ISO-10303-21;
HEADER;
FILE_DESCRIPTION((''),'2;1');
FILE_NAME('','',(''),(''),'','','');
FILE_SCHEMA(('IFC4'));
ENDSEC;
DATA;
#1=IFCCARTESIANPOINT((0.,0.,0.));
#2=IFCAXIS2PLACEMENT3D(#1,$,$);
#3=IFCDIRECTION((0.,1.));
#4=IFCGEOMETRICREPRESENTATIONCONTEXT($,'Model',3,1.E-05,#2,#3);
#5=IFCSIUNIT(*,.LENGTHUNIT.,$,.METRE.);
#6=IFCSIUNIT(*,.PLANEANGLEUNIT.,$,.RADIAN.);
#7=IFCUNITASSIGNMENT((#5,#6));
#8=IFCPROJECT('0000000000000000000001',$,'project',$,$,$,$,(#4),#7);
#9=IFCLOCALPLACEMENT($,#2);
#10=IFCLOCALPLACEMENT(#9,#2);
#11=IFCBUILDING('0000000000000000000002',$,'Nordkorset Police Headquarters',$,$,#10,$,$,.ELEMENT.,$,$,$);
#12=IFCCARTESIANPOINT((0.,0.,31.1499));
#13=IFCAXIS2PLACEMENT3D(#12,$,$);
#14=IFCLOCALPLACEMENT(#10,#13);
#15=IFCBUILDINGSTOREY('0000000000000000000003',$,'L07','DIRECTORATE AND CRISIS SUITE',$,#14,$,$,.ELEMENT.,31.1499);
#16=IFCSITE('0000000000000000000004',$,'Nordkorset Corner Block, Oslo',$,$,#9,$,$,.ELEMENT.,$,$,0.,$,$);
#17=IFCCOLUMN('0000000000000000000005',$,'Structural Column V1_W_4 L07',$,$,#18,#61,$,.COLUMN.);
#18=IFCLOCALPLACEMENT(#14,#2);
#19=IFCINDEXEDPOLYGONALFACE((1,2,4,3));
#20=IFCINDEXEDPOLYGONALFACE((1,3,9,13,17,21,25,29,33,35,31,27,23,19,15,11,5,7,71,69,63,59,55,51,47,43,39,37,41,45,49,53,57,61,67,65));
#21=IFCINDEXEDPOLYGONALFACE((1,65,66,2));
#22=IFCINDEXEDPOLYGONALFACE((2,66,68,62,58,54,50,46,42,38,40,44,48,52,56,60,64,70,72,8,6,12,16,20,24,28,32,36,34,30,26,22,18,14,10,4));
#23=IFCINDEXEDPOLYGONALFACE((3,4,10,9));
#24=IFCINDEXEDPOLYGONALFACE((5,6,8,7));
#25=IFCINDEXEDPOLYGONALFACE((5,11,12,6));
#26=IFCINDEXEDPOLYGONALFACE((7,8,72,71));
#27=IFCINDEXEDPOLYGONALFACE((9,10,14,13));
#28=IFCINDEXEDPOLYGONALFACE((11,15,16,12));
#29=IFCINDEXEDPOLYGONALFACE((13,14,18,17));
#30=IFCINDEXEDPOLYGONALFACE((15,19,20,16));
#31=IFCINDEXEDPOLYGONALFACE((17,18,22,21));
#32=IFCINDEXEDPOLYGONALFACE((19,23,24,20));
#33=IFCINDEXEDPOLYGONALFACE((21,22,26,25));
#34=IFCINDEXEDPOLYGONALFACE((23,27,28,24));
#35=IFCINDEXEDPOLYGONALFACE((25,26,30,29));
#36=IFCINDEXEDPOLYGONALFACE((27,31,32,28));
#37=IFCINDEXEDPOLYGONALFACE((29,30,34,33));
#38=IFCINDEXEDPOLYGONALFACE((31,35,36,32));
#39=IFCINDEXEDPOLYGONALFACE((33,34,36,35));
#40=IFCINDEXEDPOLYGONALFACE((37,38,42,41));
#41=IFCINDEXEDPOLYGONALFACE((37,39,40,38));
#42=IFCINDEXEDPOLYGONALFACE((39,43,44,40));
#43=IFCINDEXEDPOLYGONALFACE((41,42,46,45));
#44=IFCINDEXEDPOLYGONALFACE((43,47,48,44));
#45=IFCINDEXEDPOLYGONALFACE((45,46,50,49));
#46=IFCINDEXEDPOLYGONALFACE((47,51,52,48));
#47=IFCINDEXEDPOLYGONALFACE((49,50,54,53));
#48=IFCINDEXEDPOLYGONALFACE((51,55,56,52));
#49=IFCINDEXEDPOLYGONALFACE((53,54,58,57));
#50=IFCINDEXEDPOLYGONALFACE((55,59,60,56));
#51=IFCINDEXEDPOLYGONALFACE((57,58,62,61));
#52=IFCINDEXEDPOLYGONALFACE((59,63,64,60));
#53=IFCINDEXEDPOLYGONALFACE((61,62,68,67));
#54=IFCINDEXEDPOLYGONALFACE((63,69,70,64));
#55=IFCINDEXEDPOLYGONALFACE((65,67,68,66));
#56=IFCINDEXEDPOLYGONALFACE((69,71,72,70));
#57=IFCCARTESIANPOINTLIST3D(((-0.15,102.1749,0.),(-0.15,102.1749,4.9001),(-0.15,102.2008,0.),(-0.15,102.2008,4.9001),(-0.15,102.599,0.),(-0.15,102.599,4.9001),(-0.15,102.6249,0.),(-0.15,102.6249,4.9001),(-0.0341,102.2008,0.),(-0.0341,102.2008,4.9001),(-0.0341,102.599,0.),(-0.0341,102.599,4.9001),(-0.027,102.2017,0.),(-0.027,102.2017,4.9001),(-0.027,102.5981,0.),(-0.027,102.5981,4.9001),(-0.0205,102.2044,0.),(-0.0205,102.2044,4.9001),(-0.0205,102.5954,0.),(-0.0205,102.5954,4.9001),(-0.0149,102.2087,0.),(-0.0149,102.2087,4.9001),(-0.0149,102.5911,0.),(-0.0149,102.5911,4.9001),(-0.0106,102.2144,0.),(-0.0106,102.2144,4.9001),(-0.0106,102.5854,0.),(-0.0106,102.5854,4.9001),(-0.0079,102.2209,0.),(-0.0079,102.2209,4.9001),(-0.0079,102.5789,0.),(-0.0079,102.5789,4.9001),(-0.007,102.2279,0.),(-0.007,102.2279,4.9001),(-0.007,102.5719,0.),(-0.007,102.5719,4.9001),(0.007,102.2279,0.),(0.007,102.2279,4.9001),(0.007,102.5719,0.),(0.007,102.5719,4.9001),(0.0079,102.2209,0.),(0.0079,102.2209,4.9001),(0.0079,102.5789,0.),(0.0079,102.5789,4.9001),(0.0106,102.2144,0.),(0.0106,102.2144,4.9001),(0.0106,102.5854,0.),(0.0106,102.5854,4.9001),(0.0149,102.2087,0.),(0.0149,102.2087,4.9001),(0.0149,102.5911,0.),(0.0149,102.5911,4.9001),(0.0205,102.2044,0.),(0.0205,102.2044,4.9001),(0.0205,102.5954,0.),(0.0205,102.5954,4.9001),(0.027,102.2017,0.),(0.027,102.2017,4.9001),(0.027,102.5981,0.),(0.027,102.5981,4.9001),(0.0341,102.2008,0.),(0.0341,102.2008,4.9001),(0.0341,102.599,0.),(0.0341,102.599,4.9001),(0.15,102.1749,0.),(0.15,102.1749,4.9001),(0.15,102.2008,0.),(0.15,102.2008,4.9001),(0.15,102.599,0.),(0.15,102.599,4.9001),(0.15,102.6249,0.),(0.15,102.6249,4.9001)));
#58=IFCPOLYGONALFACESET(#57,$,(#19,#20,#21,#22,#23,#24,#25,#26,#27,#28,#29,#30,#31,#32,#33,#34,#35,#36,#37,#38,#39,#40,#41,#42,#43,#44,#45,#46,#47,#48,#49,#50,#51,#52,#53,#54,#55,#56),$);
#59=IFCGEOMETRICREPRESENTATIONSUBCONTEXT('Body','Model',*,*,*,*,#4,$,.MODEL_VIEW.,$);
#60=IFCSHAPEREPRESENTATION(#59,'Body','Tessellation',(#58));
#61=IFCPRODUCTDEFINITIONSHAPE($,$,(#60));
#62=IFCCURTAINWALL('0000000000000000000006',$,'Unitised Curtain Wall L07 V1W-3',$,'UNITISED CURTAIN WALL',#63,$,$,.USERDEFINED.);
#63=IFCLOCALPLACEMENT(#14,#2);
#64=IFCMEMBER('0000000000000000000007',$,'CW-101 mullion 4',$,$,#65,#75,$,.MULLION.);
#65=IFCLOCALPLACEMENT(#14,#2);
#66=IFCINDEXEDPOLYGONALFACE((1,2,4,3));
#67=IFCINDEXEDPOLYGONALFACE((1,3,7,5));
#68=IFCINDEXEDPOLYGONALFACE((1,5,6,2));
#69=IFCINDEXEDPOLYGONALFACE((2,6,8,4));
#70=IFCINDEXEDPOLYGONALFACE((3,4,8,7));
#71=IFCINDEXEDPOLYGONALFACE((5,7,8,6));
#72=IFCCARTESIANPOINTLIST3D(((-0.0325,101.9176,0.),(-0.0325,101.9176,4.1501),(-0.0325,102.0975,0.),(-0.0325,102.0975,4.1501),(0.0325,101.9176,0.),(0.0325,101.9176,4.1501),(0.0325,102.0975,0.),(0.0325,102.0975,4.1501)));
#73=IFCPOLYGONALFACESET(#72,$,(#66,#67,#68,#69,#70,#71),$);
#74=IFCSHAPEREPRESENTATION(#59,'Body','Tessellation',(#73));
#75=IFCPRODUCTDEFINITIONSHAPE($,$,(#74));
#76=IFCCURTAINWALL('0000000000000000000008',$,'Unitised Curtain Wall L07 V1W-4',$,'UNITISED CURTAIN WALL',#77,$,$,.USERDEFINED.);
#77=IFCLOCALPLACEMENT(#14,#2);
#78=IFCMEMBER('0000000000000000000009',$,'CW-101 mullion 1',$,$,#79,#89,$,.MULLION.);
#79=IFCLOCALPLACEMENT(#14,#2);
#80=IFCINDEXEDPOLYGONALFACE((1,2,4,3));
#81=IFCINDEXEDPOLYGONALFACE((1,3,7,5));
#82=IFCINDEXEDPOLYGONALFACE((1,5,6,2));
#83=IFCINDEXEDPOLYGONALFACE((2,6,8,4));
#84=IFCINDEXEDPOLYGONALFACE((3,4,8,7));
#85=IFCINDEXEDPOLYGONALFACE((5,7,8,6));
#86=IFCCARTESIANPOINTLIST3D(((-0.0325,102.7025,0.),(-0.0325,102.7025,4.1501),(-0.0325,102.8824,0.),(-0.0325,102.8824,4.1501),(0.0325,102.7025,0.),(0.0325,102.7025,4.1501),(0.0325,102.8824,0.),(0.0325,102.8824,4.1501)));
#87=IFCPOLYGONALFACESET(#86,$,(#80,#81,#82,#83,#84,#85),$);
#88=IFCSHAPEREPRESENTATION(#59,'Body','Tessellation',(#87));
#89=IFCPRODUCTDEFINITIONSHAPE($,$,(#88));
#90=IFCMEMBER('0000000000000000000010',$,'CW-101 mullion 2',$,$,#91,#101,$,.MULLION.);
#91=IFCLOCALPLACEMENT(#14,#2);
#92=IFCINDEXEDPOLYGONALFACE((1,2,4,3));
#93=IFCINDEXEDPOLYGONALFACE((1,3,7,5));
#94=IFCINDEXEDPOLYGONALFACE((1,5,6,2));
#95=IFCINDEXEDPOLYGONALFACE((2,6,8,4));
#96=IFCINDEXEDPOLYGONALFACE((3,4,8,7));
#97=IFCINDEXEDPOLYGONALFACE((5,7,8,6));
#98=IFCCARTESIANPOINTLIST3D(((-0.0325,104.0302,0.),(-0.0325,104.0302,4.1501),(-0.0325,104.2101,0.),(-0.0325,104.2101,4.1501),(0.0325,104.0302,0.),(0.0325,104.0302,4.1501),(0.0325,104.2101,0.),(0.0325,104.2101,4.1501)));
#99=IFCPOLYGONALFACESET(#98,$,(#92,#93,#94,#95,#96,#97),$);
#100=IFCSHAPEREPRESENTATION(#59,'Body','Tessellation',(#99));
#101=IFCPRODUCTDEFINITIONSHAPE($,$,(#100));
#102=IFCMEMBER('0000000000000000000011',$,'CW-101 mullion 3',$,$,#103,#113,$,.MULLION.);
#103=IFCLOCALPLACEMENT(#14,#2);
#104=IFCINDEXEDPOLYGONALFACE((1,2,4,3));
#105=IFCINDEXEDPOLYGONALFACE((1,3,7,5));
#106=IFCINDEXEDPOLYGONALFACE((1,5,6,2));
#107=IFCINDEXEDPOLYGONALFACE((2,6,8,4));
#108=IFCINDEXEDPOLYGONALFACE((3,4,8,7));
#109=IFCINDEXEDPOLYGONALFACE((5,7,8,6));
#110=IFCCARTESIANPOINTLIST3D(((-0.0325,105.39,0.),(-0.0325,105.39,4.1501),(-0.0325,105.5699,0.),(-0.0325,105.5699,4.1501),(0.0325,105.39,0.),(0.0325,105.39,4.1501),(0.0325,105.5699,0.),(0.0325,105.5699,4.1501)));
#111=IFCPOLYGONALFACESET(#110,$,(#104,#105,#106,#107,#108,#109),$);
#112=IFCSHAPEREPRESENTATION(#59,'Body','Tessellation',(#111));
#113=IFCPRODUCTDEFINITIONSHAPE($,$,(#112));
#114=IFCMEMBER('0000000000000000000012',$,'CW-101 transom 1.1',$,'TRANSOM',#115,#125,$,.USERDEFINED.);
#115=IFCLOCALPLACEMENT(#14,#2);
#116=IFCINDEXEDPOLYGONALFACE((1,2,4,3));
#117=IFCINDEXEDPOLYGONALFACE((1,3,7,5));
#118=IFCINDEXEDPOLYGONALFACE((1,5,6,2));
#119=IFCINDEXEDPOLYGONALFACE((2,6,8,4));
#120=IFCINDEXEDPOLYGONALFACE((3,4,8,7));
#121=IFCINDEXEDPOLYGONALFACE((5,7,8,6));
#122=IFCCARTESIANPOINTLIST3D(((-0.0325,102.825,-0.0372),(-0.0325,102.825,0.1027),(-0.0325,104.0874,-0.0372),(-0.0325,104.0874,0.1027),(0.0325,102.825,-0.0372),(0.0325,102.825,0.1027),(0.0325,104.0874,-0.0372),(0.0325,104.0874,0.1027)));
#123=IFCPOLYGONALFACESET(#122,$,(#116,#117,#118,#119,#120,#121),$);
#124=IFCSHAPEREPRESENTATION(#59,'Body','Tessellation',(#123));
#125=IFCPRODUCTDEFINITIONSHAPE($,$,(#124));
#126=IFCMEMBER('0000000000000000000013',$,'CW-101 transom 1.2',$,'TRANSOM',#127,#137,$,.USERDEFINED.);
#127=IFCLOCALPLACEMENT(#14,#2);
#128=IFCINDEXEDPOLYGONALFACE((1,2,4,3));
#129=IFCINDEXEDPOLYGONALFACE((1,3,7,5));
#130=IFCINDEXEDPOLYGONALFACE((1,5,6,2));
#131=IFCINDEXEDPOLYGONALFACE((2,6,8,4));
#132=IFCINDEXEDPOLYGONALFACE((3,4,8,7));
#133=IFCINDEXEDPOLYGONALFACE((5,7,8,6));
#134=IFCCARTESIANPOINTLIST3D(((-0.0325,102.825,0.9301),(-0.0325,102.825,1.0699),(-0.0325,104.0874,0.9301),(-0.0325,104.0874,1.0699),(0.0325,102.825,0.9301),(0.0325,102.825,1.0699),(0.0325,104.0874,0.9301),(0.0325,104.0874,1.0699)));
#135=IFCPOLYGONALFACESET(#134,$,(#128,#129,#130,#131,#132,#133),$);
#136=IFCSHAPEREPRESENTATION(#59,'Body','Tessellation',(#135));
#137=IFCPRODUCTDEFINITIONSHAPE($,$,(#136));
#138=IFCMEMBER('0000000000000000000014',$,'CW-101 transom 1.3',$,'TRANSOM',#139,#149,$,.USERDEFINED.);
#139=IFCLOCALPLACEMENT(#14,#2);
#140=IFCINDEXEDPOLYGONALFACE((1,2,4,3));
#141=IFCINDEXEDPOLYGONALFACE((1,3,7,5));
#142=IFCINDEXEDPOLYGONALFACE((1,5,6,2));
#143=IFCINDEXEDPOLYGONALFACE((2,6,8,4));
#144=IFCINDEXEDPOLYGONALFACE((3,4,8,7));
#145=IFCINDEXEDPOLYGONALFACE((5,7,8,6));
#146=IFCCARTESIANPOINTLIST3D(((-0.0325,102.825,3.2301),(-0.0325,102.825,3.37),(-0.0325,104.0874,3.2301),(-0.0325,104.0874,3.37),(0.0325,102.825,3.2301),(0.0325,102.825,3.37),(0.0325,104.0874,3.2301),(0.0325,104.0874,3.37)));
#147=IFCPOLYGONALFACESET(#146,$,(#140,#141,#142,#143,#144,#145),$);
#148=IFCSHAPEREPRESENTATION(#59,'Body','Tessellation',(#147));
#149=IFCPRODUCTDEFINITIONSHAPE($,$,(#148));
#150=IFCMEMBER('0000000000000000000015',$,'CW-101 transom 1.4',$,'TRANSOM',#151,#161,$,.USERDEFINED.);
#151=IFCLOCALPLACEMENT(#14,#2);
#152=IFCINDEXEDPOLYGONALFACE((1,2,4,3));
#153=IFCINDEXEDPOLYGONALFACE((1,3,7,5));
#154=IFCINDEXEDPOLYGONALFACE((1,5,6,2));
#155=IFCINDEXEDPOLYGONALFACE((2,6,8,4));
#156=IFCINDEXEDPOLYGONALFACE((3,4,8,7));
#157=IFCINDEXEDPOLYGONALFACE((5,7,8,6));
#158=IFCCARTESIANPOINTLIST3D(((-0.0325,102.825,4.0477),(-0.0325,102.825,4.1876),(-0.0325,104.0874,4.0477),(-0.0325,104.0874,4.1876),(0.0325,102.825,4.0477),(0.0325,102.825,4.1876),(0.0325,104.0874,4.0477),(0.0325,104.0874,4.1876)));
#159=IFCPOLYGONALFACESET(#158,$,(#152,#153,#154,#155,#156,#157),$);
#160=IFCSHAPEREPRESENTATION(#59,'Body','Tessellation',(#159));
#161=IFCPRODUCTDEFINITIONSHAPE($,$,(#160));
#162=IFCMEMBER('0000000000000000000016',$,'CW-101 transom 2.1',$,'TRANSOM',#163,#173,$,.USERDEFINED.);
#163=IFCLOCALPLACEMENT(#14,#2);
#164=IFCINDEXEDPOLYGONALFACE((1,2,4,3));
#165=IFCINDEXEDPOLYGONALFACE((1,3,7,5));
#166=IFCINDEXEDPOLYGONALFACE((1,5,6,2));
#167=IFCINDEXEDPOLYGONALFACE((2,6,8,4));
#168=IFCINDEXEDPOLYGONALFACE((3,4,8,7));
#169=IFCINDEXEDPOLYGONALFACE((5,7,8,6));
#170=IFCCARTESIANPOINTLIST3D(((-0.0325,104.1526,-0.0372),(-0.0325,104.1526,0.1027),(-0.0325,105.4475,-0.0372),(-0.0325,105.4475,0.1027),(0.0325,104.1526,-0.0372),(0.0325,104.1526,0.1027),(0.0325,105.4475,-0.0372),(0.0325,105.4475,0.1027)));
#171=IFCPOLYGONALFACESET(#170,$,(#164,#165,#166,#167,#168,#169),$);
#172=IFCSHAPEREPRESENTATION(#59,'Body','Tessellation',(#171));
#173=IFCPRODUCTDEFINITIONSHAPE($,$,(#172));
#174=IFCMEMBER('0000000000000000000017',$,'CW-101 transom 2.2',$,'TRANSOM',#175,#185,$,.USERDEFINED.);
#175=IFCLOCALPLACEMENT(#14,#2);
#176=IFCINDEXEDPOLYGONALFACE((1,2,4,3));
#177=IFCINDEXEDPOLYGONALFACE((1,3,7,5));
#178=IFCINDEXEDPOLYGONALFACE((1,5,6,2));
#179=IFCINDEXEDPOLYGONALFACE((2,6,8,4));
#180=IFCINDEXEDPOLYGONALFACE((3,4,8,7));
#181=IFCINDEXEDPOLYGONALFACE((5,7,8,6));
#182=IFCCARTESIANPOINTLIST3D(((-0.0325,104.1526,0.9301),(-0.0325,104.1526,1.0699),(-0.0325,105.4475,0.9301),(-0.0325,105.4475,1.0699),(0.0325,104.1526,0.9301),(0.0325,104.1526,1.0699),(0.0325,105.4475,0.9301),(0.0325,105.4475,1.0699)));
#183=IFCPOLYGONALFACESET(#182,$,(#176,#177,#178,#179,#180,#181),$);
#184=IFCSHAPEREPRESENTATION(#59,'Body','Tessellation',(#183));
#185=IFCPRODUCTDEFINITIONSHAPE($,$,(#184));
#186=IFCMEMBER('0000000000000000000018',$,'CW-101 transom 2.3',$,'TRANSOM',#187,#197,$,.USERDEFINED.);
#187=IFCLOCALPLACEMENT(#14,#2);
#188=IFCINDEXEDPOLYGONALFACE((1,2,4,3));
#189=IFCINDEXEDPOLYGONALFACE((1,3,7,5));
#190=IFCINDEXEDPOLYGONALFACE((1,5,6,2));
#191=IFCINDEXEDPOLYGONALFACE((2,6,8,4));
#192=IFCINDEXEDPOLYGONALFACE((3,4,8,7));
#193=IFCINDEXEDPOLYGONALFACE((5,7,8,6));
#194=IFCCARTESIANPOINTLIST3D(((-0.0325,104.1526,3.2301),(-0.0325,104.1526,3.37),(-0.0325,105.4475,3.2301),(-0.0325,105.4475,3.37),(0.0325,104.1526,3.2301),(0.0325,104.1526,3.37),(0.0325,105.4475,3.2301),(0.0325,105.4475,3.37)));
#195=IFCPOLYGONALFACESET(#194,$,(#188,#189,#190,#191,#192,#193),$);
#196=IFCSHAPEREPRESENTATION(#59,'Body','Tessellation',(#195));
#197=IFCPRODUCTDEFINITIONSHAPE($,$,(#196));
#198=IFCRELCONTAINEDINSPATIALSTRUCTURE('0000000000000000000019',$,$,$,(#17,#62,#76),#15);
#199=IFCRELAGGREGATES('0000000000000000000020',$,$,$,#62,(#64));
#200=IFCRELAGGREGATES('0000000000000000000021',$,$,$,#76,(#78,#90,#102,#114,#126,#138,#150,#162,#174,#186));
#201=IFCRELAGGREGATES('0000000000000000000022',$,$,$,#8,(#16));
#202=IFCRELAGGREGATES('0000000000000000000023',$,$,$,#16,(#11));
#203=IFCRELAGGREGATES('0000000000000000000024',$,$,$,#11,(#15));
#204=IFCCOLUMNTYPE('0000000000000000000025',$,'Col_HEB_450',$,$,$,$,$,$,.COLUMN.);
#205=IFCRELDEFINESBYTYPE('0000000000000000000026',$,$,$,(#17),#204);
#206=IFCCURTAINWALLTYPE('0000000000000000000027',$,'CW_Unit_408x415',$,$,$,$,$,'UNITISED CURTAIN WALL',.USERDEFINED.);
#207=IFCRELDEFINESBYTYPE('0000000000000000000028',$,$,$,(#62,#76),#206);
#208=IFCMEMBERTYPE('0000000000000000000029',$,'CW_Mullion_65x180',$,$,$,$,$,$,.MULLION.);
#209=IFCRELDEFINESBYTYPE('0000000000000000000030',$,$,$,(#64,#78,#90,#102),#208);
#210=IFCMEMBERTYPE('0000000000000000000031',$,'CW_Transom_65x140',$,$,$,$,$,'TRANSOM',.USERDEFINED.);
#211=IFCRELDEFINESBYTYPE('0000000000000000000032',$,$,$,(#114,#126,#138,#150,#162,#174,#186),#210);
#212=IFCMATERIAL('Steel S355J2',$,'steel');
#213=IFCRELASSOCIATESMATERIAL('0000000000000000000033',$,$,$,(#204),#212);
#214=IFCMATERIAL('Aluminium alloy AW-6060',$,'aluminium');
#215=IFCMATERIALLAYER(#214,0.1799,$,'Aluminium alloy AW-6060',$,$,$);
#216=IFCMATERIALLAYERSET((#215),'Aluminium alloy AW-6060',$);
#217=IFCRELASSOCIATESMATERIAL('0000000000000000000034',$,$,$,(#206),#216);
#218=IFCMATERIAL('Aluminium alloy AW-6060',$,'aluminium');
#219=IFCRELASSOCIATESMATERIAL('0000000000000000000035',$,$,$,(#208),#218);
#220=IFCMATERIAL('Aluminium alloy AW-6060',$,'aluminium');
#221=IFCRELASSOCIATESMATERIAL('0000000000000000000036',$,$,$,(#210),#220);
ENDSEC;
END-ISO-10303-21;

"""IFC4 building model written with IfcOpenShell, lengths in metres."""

from ifc_helpers import new_model, si_unit, direction, frame, origin, origin_2d, place, context, subcontext, project, spatial, rectangle, i_section, extrude, material, layer, layer_set, material_profile, profile_set, type_object, element, aggregate, save


model = new_model("IFC4")

# Units and contexts
model_context = context("Model", 3, precision=1e-05, world=origin(), true_north=direction((0.0, 1.0)))
body_context = subcontext(model_context, "Body", "Model", "MODEL_VIEW")
ifc_project = project(units=[si_unit("LENGTHUNIT", "METRE"), si_unit("PLANEANGLEUNIT", "RADIAN")], contexts=[model_context])

# Site, building, storey
site_placement = place(None, origin())
site = spatial("IfcSite", under=ifc_project, at=site_placement, Name="Nordkorset Corner Block, Oslo", CompositionType="ELEMENT", RefElevation=0.0)
building_placement = place(site_placement, origin())
building = spatial("IfcBuilding", under=site, at=building_placement, Name="Nordkorset Police Headquarters", CompositionType="ELEMENT")
storey_placement = place(building_placement, frame((0.0, 0.0, 31.1499)))
storey = spatial("IfcBuildingStorey", under=building, at=storey_placement, Name="L07", Description="DIRECTORATE AND CRISIS SUITE", CompositionType="ELEMENT", Elevation=31.1499)

# Column
ifc_material_1 = material(Name="Steel S355J2", Category="steel")
ifc_material_profile_1 = material_profile(ifc_material_1, i_section(OverallWidth=0.3, OverallDepth=0.45, WebThickness=0.0139, FlangeThickness=0.0259, FilletRadius=0.0271, at=origin_2d()), Name="HEB 450")
ifc_profile_set_1 = profile_set([ifc_material_profile_1], Name="Steel S355J2")
column_type = type_object("IfcColumnType", Name="Col_HEB_450", PredefinedType="COLUMN", material=ifc_profile_set_1)
column_placement = place(storey_placement, frame((0.0, 102.3999, 0.0), z_axis=(0.0, 0.0, 1.0), x_axis=(1.0, 0.0, 0.0)))
element("IfcColumn", 1, at=column_placement, inside=storey, type_object=column_type, Name="Structural Column V1_W_4 L07", PredefinedType="COLUMN", context=body_context, shape_type="SweptSolid", body=[
    extrude(i_section(OverallWidth=0.3, OverallDepth=0.45, WebThickness=0.0139, FlangeThickness=0.0259, FilletRadius=0.0271, at=origin_2d()), origin(), (0.0, 0.0, 1.0), 4.9001),
])

# Curtain wall, member
ifc_material_2 = material(Name="Aluminium alloy AW-6060", Category="aluminium")
ifc_layer_1 = layer(ifc_material_2, 0.1799, Name="Aluminium alloy AW-6060")
ifc_layer_set_1 = layer_set([ifc_layer_1], Name="Aluminium alloy AW-6060")
curtain_wall_type = type_object("IfcCurtainWallType", Name="CW_Unit_408x415", ElementType="UNITISED CURTAIN WALL", PredefinedType="USERDEFINED", material=ifc_layer_set_1)
curtain_wall_1_placement = place(storey_placement, origin())
curtain_wall_1 = element("IfcCurtainWall", 2, at=curtain_wall_1_placement, inside=storey, type_object=curtain_wall_type, Name="Unitised Curtain Wall L07 V1W-3", ObjectType="UNITISED CURTAIN WALL", PredefinedType="USERDEFINED")
ifc_material_3 = material(Name="Aluminium alloy AW-6060", Category="aluminium")
ifc_material_profile_2 = material_profile(ifc_material_3, rectangle(XDim=0.0649, YDim=0.1799, at=origin_2d()), Name="ALU MULL 65x180")
ifc_profile_set_2 = profile_set([ifc_material_profile_2], Name="Aluminium alloy AW-6060")
member_type_1 = type_object("IfcMemberType", Name="CW_Mullion_65x180", PredefinedType="MULLION", material=ifc_profile_set_2)
member_1_placement = place(storey_placement, frame((0.0, 102.0076, 0.0), z_axis=(0.0, 0.0, 1.0), x_axis=(-1.0, 0.0, 0.0)))
member_1 = element("IfcMember", 3, at=member_1_placement, type_object=member_type_1, Name="CW-101 mullion 4", PredefinedType="MULLION", context=body_context, shape_type="SweptSolid", body=[
    extrude(rectangle(XDim=0.0649, YDim=0.1799, at=origin_2d()), origin(), (0.0, 0.0, 1.0), 4.1501),
])

# Curtain wall, members
curtain_wall_2_placement = place(storey_placement, origin())
curtain_wall_2 = element("IfcCurtainWall", 4, at=curtain_wall_2_placement, inside=storey, type_object=curtain_wall_type, Name="Unitised Curtain Wall L07 V1W-4", ObjectType="UNITISED CURTAIN WALL", PredefinedType="USERDEFINED")
member_2_placement = place(storey_placement, frame((0.0, 102.7925, 0.0), z_axis=(0.0, 0.0, 1.0), x_axis=(-1.0, 0.0, 0.0)))
member_2 = element("IfcMember", 5, at=member_2_placement, type_object=member_type_1, Name="CW-101 mullion 1", PredefinedType="MULLION", context=body_context, shape_type="SweptSolid", body=[
    extrude(rectangle(XDim=0.0649, YDim=0.1799, at=origin_2d()), origin(), (0.0, 0.0, 1.0), 4.1501),
])
member_3_placement = place(storey_placement, frame((0.0, 104.1201, 0.0), z_axis=(0.0, 0.0, 1.0), x_axis=(-1.0, 0.0, 0.0)))
member_3 = element("IfcMember", 6, at=member_3_placement, type_object=member_type_1, Name="CW-101 mullion 2", PredefinedType="MULLION", context=body_context, shape_type="SweptSolid", body=[
    extrude(rectangle(XDim=0.0649, YDim=0.1799, at=origin_2d()), origin(), (0.0, 0.0, 1.0), 4.1501),
])
member_4_placement = place(storey_placement, frame((0.0, 105.48, 0.0), z_axis=(0.0, 0.0, 1.0), x_axis=(-1.0, 0.0, 0.0)))
member_4 = element("IfcMember", 7, at=member_4_placement, type_object=member_type_1, Name="CW-101 mullion 3", PredefinedType="MULLION", context=body_context, shape_type="SweptSolid", body=[
    extrude(rectangle(XDim=0.0649, YDim=0.1799, at=origin_2d()), origin(), (0.0, 0.0, 1.0), 4.1501),
])
ifc_material_4 = material(Name="Aluminium alloy AW-6060", Category="aluminium")
ifc_material_profile_3 = material_profile(ifc_material_4, rectangle(XDim=0.0649, YDim=0.1399, at=origin_2d()), Name="ALU TRAN 65x140")
ifc_profile_set_3 = profile_set([ifc_material_profile_3], Name="Aluminium alloy AW-6060")
member_type_2 = type_object("IfcMemberType", Name="CW_Transom_65x140", ElementType="TRANSOM", PredefinedType="USERDEFINED", material=ifc_profile_set_3)
member_5_placement = place(storey_placement, frame((0.0, 102.825, 0.0327), z_axis=(0.0, 1.0, 0.0), x_axis=(-1.0, 0.0, 0.0)))
member_5 = element("IfcMember", 8, at=member_5_placement, type_object=member_type_2, Name="CW-101 transom 1.1", ObjectType="TRANSOM", PredefinedType="USERDEFINED", context=body_context, shape_type="SweptSolid", body=[
    extrude(rectangle(XDim=0.0649, YDim=0.1399, at=origin_2d()), origin(), (0.0, 0.0, 1.0), 1.2625),
])
member_6_placement = place(storey_placement, frame((0.0, 102.825, 1.0), z_axis=(0.0, 1.0, 0.0), x_axis=(-1.0, 0.0, 0.0)))
member_6 = element("IfcMember", 9, at=member_6_placement, type_object=member_type_2, Name="CW-101 transom 1.2", ObjectType="TRANSOM", PredefinedType="USERDEFINED", context=body_context, shape_type="SweptSolid", body=[
    extrude(rectangle(XDim=0.0649, YDim=0.1399, at=origin_2d()), origin(), (0.0, 0.0, 1.0), 1.2625),
])
member_7_placement = place(storey_placement, frame((0.0, 102.825, 3.3), z_axis=(0.0, 1.0, 0.0), x_axis=(-1.0, 0.0, 0.0)))
member_7 = element("IfcMember", 10, at=member_7_placement, type_object=member_type_2, Name="CW-101 transom 1.3", ObjectType="TRANSOM", PredefinedType="USERDEFINED", context=body_context, shape_type="SweptSolid", body=[
    extrude(rectangle(XDim=0.0649, YDim=0.1399, at=origin_2d()), origin(), (0.0, 0.0, 1.0), 1.2625),
])
member_8_placement = place(storey_placement, frame((0.0, 102.825, 4.1177), z_axis=(0.0, 1.0, 0.0), x_axis=(-1.0, 0.0, 0.0)))
member_8 = element("IfcMember", 11, at=member_8_placement, type_object=member_type_2, Name="CW-101 transom 1.4", ObjectType="TRANSOM", PredefinedType="USERDEFINED", context=body_context, shape_type="SweptSolid", body=[
    extrude(rectangle(XDim=0.0649, YDim=0.1399, at=origin_2d()), origin(), (0.0, 0.0, 1.0), 1.2625),
])
member_9_placement = place(storey_placement, frame((0.0, 104.1526, 0.0327), z_axis=(0.0, 1.0, 0.0), x_axis=(-1.0, 0.0, 0.0)))
member_9 = element("IfcMember", 12, at=member_9_placement, type_object=member_type_2, Name="CW-101 transom 2.1", ObjectType="TRANSOM", PredefinedType="USERDEFINED", context=body_context, shape_type="SweptSolid", body=[
    extrude(rectangle(XDim=0.0649, YDim=0.1399, at=origin_2d()), origin(), (0.0, 0.0, 1.0), 1.2949),
])
member_10_placement = place(storey_placement, frame((0.0, 104.1526, 1.0), z_axis=(0.0, 1.0, 0.0), x_axis=(-1.0, 0.0, 0.0)))
member_10 = element("IfcMember", 13, at=member_10_placement, type_object=member_type_2, Name="CW-101 transom 2.2", ObjectType="TRANSOM", PredefinedType="USERDEFINED", context=body_context, shape_type="SweptSolid", body=[
    extrude(rectangle(XDim=0.0649, YDim=0.1399, at=origin_2d()), origin(), (0.0, 0.0, 1.0), 1.2949),
])
member_11_placement = place(storey_placement, frame((0.0, 104.1526, 3.3), z_axis=(0.0, 1.0, 0.0), x_axis=(-1.0, 0.0, 0.0)))
member_11 = element("IfcMember", 14, at=member_11_placement, type_object=member_type_2, Name="CW-101 transom 2.3", ObjectType="TRANSOM", PredefinedType="USERDEFINED", context=body_context, shape_type="SweptSolid", body=[
    extrude(rectangle(XDim=0.0649, YDim=0.1399, at=origin_2d()), origin(), (0.0, 0.0, 1.0), 1.2949),
])

aggregate(curtain_wall_1, [member_1])
aggregate(curtain_wall_2, [member_2, member_3, member_4, member_5, member_6, member_7, member_8, member_9, member_10, member_11])

save(model, "model.ifc")
